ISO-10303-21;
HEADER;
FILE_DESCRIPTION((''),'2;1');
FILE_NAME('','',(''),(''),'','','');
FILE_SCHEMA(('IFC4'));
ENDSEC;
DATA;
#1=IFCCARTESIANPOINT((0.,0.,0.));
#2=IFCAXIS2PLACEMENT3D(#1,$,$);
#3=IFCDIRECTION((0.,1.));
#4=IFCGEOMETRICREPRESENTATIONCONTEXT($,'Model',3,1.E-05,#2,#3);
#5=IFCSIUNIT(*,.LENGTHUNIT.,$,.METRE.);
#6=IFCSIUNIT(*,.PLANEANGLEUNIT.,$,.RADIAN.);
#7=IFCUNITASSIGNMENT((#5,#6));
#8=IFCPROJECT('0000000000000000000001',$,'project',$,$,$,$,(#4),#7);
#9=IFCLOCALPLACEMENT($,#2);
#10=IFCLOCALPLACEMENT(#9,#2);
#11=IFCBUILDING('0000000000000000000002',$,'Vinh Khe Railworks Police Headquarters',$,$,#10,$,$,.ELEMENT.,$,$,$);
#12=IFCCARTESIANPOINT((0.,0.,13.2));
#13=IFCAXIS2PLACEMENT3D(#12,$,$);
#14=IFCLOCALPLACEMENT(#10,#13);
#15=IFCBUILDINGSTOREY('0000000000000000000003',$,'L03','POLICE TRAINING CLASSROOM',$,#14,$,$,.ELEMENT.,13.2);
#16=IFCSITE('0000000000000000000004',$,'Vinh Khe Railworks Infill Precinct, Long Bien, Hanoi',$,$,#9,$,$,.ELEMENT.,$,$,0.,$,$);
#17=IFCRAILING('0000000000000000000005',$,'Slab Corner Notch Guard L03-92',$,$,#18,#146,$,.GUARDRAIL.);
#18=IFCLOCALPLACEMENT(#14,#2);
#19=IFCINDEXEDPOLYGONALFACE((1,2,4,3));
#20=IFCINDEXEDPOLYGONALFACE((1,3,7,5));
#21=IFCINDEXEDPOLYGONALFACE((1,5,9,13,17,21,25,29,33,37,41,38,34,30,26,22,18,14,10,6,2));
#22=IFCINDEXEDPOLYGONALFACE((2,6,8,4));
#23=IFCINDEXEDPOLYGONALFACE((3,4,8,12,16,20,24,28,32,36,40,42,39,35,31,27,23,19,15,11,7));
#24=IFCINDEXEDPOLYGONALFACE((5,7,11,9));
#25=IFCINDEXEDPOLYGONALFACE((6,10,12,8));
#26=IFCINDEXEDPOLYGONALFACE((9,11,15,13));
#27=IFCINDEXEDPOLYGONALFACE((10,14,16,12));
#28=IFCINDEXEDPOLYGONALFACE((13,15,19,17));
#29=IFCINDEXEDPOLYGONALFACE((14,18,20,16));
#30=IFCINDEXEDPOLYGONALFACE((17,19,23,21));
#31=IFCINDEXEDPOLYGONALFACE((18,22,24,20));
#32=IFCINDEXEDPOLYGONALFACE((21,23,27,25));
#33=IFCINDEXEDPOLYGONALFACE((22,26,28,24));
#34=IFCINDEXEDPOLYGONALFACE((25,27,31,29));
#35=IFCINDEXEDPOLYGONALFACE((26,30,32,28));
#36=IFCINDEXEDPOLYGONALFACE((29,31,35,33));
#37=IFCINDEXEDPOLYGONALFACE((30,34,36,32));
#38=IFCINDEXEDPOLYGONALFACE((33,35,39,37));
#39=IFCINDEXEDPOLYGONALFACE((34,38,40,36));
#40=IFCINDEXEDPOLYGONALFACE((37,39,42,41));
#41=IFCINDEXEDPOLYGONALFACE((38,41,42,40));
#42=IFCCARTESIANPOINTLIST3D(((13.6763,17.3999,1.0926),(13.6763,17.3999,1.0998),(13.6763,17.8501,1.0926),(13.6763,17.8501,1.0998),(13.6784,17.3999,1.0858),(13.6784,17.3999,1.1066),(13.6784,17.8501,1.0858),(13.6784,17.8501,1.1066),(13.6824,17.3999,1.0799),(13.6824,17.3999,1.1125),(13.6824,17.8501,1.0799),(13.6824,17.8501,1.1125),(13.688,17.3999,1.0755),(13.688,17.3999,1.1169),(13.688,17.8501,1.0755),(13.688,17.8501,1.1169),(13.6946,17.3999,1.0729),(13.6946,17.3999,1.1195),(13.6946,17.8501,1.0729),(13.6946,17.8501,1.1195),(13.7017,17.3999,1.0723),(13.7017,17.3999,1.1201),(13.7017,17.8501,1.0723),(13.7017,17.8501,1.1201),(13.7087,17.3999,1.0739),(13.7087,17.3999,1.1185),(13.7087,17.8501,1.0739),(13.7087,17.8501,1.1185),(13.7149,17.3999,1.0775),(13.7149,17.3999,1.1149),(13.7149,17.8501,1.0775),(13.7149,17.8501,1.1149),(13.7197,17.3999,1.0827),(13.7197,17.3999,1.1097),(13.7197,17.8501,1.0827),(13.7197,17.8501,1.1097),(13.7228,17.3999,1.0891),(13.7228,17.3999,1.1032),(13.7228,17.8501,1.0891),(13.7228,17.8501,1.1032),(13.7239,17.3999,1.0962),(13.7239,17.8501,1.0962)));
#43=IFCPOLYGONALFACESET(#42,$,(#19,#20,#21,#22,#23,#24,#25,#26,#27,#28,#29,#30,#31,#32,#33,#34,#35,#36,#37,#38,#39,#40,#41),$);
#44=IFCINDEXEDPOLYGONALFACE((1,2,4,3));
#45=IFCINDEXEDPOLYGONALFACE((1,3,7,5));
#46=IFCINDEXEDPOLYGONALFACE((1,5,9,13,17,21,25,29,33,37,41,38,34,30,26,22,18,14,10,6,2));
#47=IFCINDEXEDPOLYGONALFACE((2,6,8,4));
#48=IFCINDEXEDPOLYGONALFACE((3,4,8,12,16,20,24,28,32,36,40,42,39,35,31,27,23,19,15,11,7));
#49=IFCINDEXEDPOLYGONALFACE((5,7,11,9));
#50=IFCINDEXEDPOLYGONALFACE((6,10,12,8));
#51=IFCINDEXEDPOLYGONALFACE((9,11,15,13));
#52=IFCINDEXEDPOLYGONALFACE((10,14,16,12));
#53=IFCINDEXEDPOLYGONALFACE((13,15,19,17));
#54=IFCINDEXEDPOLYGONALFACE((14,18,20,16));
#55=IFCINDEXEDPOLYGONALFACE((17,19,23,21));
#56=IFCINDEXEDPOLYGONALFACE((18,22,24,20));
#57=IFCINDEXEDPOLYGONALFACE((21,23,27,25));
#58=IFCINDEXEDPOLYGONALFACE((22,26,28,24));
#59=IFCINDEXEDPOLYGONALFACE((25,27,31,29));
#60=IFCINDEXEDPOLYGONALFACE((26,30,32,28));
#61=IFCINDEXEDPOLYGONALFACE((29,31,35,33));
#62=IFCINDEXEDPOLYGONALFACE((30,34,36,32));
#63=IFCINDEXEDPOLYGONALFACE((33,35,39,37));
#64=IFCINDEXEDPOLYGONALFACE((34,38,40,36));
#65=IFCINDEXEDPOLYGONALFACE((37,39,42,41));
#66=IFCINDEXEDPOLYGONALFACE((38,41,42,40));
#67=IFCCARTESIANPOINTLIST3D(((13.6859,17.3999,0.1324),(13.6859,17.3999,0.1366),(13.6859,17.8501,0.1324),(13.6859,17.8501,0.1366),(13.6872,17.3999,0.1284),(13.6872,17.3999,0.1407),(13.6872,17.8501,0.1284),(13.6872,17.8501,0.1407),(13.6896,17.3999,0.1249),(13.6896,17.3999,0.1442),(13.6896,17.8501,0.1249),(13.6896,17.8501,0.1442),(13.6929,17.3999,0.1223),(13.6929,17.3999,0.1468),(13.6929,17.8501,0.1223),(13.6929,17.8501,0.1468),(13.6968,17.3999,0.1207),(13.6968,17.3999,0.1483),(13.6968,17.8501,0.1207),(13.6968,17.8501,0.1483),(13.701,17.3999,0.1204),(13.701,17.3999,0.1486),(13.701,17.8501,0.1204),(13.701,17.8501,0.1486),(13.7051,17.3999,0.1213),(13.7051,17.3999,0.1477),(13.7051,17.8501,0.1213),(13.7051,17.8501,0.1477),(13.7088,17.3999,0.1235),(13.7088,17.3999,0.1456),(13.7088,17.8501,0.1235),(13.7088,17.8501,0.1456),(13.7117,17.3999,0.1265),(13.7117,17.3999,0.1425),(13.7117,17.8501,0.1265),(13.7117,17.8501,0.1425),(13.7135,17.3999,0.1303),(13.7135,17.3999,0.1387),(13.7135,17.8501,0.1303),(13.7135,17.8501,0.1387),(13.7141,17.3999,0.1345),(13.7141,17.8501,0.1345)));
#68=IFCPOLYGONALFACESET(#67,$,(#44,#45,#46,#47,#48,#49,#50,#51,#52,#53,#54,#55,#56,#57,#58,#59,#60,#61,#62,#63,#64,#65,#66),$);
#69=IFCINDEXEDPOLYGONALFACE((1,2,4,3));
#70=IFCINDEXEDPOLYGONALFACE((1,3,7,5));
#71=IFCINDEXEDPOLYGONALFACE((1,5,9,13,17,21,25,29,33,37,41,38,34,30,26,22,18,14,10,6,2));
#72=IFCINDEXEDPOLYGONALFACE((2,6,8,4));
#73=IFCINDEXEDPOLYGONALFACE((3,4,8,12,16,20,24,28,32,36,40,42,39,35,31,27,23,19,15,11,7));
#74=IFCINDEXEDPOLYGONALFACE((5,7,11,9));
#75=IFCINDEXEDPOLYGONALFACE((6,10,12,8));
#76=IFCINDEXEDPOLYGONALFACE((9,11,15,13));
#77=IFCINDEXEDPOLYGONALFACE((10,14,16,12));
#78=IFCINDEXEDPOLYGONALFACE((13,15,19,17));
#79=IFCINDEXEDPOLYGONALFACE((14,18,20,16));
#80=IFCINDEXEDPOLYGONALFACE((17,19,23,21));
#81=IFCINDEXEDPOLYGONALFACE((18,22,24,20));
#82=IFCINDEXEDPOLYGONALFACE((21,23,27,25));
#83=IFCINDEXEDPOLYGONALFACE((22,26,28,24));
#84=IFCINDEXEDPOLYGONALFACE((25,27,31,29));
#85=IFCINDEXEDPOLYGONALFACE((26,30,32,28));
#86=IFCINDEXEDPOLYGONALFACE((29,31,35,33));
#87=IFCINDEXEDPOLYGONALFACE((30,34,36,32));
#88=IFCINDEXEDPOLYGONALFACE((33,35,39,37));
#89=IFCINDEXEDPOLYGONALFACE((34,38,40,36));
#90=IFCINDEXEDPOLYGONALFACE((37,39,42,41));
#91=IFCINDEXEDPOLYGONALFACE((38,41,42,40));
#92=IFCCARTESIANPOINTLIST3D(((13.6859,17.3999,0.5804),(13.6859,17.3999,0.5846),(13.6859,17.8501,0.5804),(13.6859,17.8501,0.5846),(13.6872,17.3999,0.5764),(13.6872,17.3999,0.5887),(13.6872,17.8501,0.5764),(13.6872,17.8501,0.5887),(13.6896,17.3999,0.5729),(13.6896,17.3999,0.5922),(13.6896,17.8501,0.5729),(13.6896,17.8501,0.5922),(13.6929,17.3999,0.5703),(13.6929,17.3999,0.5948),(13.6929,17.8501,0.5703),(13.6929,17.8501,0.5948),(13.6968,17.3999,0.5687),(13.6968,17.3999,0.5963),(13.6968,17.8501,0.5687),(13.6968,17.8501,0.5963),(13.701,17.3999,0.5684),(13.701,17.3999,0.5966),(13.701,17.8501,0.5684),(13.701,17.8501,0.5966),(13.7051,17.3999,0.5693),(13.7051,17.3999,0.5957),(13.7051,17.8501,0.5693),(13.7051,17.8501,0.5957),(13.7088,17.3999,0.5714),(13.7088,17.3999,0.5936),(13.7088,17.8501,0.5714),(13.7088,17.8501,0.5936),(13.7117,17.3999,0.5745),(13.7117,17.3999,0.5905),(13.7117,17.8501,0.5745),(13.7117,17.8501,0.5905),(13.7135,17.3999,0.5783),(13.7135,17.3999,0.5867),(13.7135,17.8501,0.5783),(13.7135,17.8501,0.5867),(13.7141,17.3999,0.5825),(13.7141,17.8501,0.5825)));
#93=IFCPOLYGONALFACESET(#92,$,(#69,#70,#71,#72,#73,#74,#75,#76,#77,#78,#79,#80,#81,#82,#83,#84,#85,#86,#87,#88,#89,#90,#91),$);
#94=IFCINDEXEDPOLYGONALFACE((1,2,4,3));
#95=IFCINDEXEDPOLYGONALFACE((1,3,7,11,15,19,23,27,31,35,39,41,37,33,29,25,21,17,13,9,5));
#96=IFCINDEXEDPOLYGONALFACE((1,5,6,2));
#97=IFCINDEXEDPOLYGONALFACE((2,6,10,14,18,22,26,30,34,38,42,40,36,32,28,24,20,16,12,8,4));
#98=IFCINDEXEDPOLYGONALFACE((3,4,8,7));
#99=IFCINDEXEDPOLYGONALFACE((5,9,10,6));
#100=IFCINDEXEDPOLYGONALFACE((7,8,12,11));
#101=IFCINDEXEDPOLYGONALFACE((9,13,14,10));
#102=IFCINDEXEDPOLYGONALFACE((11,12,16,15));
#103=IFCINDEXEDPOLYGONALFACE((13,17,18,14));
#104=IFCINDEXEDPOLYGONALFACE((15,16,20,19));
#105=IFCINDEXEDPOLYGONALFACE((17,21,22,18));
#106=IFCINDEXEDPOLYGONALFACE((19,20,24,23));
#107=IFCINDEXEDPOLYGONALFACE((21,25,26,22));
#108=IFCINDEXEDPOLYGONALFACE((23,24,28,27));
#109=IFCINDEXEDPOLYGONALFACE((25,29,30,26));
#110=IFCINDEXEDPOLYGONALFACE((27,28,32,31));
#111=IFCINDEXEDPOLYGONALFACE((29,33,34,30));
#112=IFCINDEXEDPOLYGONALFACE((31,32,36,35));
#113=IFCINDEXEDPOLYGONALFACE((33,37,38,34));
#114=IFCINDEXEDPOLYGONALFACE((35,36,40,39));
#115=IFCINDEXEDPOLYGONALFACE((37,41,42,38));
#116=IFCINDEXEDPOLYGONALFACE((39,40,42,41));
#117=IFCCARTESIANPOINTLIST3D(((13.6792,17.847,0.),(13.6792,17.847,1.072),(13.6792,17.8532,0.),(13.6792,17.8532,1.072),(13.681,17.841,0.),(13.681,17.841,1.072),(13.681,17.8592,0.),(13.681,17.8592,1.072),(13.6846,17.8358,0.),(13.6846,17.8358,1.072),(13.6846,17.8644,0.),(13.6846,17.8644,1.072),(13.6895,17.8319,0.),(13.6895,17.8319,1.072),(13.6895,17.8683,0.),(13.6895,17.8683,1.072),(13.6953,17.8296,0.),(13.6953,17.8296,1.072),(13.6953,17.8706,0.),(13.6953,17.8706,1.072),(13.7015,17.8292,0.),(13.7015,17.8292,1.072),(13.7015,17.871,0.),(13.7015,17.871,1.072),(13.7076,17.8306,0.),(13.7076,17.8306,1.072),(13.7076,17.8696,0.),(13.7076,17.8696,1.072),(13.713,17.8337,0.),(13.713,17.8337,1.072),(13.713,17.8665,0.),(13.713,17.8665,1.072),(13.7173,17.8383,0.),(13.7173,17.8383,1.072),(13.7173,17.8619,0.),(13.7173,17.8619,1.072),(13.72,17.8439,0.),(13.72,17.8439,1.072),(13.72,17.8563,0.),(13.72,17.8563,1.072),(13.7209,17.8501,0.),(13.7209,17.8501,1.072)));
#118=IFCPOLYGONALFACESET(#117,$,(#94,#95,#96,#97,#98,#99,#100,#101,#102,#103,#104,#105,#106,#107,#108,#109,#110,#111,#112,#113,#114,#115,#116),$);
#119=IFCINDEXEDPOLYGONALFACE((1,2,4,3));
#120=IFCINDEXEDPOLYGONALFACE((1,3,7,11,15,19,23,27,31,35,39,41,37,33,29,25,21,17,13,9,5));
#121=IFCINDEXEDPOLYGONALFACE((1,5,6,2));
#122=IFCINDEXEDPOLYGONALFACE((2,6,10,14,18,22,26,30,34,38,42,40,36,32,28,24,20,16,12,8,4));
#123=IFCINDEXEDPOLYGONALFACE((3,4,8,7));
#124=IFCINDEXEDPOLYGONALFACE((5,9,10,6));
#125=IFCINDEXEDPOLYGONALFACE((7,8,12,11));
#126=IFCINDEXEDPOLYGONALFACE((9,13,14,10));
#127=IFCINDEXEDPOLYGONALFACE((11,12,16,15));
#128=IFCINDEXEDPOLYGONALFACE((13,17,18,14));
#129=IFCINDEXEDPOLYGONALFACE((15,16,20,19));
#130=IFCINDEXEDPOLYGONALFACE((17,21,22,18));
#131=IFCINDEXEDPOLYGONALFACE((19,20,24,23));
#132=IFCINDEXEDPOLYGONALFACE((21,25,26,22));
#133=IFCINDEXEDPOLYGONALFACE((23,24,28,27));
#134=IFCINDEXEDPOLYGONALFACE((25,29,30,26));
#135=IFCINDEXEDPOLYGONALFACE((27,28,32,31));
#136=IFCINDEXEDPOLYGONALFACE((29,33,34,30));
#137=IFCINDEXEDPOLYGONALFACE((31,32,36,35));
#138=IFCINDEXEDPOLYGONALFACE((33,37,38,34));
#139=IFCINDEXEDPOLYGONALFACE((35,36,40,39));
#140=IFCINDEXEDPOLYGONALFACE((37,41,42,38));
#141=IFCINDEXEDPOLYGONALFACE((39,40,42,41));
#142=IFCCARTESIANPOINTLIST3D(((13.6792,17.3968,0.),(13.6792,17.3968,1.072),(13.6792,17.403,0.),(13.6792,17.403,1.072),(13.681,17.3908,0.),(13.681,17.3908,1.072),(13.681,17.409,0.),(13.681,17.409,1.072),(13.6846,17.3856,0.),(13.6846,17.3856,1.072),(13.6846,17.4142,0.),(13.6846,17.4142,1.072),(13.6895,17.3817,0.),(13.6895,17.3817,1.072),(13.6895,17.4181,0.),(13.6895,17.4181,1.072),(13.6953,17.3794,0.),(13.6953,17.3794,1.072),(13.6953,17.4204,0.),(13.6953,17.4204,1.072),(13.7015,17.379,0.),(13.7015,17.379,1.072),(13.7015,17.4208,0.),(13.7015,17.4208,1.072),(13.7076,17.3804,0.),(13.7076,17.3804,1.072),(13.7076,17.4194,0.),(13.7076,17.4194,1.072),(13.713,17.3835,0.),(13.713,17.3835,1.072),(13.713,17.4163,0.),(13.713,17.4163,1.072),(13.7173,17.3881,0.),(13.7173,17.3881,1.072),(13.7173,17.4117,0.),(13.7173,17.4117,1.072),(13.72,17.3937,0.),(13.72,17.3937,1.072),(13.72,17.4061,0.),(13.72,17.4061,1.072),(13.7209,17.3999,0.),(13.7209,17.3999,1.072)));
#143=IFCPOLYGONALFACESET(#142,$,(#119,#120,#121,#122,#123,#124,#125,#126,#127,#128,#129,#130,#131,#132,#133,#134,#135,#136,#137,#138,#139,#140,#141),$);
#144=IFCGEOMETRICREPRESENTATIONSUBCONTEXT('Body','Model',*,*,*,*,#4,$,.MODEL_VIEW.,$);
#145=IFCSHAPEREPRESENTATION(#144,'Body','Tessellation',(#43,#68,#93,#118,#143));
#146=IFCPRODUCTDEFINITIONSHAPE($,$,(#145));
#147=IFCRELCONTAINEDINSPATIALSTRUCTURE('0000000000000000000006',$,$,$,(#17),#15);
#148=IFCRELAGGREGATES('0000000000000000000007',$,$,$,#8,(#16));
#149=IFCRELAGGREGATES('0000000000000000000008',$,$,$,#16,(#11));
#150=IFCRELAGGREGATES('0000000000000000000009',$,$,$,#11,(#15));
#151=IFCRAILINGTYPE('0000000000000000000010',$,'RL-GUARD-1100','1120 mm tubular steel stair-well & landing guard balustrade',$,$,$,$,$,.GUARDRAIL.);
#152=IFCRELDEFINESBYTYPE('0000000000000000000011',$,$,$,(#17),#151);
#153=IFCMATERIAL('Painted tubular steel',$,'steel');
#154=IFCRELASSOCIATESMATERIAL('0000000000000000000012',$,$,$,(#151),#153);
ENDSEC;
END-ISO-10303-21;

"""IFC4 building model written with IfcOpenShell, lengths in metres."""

from ifc_helpers import new_model, si_unit, direction, frame, origin, origin_2d, place, context, subcontext, project, spatial, circle, extrude, material, type_object, element, save


model = new_model("IFC4")

# Units and contexts
model_context = context("Model", 3, precision=1e-05, world=origin(), true_north=direction((0.0, 1.0)))
body_context = subcontext(model_context, "Body", "Model", "MODEL_VIEW")
ifc_project = project(units=[si_unit("LENGTHUNIT", "METRE"), si_unit("PLANEANGLEUNIT", "RADIAN")], contexts=[model_context])

# Site, building, storey
site_placement = place(None, origin())
site = spatial("IfcSite", under=ifc_project, at=site_placement, Name="Vinh Khe Railworks Infill Precinct, Long Bien, Hanoi", CompositionType="ELEMENT", RefElevation=0.0)
building_placement = place(site_placement, origin())
building = spatial("IfcBuilding", under=site, at=building_placement, Name="Vinh Khe Railworks Police Headquarters", CompositionType="ELEMENT")
storey_placement = place(building_placement, frame((0.0, 0.0, 13.2)))
storey = spatial("IfcBuildingStorey", under=building, at=storey_placement, Name="L03", Description="POLICE TRAINING CLASSROOM", CompositionType="ELEMENT", Elevation=13.2)

# Railing
ifc_material_1 = material(Name="Painted tubular steel", Category="steel")
railing_type = type_object("IfcRailingType", Name="RL-GUARD-1100", Description="1120 mm tubular steel stair-well & landing guard balustrade", PredefinedType="GUARDRAIL", material=ifc_material_1)
railing_1_placement = place(storey_placement, frame((13.7, 17.8501, 0.0)))
element("IfcRailing", 1, at=railing_1_placement, inside=storey, type_object=railing_type, Name="Slab Corner Notch Guard L03-92", PredefinedType="GUARDRAIL", context=body_context, shape_type="SweptSolid", body=[
    extrude(circle(Radius=0.0239, at=origin_2d()), frame((0.0, 0.0, 1.0962), z_axis=(0.0, -1.0, 0.0), x_axis=(1.0, 0.0, 0.0)), (0.0, 0.0, 1.0), 0.4502),
    extrude(circle(Radius=0.0142, at=origin_2d()), frame((0.0, 0.0, 0.1345), z_axis=(0.0, -1.0, 0.0), x_axis=(1.0, 0.0, 0.0)), (0.0, 0.0, 1.0), 0.4502),
    extrude(circle(Radius=0.0142, at=origin_2d()), frame((0.0, 0.0, 0.5825), z_axis=(0.0, -1.0, 0.0), x_axis=(1.0, 0.0, 0.0)), (0.0, 0.0, 1.0), 0.4502),
    extrude(circle(Radius=0.021, at=origin_2d()), origin(), (0.0, 0.0, 1.0), 1.072),
    extrude(circle(Radius=0.021, at=origin_2d()), frame((0.0, -0.4502, 0.0)), (0.0, 0.0, 1.0), 1.072),
])

save(model, "model.ifc")
